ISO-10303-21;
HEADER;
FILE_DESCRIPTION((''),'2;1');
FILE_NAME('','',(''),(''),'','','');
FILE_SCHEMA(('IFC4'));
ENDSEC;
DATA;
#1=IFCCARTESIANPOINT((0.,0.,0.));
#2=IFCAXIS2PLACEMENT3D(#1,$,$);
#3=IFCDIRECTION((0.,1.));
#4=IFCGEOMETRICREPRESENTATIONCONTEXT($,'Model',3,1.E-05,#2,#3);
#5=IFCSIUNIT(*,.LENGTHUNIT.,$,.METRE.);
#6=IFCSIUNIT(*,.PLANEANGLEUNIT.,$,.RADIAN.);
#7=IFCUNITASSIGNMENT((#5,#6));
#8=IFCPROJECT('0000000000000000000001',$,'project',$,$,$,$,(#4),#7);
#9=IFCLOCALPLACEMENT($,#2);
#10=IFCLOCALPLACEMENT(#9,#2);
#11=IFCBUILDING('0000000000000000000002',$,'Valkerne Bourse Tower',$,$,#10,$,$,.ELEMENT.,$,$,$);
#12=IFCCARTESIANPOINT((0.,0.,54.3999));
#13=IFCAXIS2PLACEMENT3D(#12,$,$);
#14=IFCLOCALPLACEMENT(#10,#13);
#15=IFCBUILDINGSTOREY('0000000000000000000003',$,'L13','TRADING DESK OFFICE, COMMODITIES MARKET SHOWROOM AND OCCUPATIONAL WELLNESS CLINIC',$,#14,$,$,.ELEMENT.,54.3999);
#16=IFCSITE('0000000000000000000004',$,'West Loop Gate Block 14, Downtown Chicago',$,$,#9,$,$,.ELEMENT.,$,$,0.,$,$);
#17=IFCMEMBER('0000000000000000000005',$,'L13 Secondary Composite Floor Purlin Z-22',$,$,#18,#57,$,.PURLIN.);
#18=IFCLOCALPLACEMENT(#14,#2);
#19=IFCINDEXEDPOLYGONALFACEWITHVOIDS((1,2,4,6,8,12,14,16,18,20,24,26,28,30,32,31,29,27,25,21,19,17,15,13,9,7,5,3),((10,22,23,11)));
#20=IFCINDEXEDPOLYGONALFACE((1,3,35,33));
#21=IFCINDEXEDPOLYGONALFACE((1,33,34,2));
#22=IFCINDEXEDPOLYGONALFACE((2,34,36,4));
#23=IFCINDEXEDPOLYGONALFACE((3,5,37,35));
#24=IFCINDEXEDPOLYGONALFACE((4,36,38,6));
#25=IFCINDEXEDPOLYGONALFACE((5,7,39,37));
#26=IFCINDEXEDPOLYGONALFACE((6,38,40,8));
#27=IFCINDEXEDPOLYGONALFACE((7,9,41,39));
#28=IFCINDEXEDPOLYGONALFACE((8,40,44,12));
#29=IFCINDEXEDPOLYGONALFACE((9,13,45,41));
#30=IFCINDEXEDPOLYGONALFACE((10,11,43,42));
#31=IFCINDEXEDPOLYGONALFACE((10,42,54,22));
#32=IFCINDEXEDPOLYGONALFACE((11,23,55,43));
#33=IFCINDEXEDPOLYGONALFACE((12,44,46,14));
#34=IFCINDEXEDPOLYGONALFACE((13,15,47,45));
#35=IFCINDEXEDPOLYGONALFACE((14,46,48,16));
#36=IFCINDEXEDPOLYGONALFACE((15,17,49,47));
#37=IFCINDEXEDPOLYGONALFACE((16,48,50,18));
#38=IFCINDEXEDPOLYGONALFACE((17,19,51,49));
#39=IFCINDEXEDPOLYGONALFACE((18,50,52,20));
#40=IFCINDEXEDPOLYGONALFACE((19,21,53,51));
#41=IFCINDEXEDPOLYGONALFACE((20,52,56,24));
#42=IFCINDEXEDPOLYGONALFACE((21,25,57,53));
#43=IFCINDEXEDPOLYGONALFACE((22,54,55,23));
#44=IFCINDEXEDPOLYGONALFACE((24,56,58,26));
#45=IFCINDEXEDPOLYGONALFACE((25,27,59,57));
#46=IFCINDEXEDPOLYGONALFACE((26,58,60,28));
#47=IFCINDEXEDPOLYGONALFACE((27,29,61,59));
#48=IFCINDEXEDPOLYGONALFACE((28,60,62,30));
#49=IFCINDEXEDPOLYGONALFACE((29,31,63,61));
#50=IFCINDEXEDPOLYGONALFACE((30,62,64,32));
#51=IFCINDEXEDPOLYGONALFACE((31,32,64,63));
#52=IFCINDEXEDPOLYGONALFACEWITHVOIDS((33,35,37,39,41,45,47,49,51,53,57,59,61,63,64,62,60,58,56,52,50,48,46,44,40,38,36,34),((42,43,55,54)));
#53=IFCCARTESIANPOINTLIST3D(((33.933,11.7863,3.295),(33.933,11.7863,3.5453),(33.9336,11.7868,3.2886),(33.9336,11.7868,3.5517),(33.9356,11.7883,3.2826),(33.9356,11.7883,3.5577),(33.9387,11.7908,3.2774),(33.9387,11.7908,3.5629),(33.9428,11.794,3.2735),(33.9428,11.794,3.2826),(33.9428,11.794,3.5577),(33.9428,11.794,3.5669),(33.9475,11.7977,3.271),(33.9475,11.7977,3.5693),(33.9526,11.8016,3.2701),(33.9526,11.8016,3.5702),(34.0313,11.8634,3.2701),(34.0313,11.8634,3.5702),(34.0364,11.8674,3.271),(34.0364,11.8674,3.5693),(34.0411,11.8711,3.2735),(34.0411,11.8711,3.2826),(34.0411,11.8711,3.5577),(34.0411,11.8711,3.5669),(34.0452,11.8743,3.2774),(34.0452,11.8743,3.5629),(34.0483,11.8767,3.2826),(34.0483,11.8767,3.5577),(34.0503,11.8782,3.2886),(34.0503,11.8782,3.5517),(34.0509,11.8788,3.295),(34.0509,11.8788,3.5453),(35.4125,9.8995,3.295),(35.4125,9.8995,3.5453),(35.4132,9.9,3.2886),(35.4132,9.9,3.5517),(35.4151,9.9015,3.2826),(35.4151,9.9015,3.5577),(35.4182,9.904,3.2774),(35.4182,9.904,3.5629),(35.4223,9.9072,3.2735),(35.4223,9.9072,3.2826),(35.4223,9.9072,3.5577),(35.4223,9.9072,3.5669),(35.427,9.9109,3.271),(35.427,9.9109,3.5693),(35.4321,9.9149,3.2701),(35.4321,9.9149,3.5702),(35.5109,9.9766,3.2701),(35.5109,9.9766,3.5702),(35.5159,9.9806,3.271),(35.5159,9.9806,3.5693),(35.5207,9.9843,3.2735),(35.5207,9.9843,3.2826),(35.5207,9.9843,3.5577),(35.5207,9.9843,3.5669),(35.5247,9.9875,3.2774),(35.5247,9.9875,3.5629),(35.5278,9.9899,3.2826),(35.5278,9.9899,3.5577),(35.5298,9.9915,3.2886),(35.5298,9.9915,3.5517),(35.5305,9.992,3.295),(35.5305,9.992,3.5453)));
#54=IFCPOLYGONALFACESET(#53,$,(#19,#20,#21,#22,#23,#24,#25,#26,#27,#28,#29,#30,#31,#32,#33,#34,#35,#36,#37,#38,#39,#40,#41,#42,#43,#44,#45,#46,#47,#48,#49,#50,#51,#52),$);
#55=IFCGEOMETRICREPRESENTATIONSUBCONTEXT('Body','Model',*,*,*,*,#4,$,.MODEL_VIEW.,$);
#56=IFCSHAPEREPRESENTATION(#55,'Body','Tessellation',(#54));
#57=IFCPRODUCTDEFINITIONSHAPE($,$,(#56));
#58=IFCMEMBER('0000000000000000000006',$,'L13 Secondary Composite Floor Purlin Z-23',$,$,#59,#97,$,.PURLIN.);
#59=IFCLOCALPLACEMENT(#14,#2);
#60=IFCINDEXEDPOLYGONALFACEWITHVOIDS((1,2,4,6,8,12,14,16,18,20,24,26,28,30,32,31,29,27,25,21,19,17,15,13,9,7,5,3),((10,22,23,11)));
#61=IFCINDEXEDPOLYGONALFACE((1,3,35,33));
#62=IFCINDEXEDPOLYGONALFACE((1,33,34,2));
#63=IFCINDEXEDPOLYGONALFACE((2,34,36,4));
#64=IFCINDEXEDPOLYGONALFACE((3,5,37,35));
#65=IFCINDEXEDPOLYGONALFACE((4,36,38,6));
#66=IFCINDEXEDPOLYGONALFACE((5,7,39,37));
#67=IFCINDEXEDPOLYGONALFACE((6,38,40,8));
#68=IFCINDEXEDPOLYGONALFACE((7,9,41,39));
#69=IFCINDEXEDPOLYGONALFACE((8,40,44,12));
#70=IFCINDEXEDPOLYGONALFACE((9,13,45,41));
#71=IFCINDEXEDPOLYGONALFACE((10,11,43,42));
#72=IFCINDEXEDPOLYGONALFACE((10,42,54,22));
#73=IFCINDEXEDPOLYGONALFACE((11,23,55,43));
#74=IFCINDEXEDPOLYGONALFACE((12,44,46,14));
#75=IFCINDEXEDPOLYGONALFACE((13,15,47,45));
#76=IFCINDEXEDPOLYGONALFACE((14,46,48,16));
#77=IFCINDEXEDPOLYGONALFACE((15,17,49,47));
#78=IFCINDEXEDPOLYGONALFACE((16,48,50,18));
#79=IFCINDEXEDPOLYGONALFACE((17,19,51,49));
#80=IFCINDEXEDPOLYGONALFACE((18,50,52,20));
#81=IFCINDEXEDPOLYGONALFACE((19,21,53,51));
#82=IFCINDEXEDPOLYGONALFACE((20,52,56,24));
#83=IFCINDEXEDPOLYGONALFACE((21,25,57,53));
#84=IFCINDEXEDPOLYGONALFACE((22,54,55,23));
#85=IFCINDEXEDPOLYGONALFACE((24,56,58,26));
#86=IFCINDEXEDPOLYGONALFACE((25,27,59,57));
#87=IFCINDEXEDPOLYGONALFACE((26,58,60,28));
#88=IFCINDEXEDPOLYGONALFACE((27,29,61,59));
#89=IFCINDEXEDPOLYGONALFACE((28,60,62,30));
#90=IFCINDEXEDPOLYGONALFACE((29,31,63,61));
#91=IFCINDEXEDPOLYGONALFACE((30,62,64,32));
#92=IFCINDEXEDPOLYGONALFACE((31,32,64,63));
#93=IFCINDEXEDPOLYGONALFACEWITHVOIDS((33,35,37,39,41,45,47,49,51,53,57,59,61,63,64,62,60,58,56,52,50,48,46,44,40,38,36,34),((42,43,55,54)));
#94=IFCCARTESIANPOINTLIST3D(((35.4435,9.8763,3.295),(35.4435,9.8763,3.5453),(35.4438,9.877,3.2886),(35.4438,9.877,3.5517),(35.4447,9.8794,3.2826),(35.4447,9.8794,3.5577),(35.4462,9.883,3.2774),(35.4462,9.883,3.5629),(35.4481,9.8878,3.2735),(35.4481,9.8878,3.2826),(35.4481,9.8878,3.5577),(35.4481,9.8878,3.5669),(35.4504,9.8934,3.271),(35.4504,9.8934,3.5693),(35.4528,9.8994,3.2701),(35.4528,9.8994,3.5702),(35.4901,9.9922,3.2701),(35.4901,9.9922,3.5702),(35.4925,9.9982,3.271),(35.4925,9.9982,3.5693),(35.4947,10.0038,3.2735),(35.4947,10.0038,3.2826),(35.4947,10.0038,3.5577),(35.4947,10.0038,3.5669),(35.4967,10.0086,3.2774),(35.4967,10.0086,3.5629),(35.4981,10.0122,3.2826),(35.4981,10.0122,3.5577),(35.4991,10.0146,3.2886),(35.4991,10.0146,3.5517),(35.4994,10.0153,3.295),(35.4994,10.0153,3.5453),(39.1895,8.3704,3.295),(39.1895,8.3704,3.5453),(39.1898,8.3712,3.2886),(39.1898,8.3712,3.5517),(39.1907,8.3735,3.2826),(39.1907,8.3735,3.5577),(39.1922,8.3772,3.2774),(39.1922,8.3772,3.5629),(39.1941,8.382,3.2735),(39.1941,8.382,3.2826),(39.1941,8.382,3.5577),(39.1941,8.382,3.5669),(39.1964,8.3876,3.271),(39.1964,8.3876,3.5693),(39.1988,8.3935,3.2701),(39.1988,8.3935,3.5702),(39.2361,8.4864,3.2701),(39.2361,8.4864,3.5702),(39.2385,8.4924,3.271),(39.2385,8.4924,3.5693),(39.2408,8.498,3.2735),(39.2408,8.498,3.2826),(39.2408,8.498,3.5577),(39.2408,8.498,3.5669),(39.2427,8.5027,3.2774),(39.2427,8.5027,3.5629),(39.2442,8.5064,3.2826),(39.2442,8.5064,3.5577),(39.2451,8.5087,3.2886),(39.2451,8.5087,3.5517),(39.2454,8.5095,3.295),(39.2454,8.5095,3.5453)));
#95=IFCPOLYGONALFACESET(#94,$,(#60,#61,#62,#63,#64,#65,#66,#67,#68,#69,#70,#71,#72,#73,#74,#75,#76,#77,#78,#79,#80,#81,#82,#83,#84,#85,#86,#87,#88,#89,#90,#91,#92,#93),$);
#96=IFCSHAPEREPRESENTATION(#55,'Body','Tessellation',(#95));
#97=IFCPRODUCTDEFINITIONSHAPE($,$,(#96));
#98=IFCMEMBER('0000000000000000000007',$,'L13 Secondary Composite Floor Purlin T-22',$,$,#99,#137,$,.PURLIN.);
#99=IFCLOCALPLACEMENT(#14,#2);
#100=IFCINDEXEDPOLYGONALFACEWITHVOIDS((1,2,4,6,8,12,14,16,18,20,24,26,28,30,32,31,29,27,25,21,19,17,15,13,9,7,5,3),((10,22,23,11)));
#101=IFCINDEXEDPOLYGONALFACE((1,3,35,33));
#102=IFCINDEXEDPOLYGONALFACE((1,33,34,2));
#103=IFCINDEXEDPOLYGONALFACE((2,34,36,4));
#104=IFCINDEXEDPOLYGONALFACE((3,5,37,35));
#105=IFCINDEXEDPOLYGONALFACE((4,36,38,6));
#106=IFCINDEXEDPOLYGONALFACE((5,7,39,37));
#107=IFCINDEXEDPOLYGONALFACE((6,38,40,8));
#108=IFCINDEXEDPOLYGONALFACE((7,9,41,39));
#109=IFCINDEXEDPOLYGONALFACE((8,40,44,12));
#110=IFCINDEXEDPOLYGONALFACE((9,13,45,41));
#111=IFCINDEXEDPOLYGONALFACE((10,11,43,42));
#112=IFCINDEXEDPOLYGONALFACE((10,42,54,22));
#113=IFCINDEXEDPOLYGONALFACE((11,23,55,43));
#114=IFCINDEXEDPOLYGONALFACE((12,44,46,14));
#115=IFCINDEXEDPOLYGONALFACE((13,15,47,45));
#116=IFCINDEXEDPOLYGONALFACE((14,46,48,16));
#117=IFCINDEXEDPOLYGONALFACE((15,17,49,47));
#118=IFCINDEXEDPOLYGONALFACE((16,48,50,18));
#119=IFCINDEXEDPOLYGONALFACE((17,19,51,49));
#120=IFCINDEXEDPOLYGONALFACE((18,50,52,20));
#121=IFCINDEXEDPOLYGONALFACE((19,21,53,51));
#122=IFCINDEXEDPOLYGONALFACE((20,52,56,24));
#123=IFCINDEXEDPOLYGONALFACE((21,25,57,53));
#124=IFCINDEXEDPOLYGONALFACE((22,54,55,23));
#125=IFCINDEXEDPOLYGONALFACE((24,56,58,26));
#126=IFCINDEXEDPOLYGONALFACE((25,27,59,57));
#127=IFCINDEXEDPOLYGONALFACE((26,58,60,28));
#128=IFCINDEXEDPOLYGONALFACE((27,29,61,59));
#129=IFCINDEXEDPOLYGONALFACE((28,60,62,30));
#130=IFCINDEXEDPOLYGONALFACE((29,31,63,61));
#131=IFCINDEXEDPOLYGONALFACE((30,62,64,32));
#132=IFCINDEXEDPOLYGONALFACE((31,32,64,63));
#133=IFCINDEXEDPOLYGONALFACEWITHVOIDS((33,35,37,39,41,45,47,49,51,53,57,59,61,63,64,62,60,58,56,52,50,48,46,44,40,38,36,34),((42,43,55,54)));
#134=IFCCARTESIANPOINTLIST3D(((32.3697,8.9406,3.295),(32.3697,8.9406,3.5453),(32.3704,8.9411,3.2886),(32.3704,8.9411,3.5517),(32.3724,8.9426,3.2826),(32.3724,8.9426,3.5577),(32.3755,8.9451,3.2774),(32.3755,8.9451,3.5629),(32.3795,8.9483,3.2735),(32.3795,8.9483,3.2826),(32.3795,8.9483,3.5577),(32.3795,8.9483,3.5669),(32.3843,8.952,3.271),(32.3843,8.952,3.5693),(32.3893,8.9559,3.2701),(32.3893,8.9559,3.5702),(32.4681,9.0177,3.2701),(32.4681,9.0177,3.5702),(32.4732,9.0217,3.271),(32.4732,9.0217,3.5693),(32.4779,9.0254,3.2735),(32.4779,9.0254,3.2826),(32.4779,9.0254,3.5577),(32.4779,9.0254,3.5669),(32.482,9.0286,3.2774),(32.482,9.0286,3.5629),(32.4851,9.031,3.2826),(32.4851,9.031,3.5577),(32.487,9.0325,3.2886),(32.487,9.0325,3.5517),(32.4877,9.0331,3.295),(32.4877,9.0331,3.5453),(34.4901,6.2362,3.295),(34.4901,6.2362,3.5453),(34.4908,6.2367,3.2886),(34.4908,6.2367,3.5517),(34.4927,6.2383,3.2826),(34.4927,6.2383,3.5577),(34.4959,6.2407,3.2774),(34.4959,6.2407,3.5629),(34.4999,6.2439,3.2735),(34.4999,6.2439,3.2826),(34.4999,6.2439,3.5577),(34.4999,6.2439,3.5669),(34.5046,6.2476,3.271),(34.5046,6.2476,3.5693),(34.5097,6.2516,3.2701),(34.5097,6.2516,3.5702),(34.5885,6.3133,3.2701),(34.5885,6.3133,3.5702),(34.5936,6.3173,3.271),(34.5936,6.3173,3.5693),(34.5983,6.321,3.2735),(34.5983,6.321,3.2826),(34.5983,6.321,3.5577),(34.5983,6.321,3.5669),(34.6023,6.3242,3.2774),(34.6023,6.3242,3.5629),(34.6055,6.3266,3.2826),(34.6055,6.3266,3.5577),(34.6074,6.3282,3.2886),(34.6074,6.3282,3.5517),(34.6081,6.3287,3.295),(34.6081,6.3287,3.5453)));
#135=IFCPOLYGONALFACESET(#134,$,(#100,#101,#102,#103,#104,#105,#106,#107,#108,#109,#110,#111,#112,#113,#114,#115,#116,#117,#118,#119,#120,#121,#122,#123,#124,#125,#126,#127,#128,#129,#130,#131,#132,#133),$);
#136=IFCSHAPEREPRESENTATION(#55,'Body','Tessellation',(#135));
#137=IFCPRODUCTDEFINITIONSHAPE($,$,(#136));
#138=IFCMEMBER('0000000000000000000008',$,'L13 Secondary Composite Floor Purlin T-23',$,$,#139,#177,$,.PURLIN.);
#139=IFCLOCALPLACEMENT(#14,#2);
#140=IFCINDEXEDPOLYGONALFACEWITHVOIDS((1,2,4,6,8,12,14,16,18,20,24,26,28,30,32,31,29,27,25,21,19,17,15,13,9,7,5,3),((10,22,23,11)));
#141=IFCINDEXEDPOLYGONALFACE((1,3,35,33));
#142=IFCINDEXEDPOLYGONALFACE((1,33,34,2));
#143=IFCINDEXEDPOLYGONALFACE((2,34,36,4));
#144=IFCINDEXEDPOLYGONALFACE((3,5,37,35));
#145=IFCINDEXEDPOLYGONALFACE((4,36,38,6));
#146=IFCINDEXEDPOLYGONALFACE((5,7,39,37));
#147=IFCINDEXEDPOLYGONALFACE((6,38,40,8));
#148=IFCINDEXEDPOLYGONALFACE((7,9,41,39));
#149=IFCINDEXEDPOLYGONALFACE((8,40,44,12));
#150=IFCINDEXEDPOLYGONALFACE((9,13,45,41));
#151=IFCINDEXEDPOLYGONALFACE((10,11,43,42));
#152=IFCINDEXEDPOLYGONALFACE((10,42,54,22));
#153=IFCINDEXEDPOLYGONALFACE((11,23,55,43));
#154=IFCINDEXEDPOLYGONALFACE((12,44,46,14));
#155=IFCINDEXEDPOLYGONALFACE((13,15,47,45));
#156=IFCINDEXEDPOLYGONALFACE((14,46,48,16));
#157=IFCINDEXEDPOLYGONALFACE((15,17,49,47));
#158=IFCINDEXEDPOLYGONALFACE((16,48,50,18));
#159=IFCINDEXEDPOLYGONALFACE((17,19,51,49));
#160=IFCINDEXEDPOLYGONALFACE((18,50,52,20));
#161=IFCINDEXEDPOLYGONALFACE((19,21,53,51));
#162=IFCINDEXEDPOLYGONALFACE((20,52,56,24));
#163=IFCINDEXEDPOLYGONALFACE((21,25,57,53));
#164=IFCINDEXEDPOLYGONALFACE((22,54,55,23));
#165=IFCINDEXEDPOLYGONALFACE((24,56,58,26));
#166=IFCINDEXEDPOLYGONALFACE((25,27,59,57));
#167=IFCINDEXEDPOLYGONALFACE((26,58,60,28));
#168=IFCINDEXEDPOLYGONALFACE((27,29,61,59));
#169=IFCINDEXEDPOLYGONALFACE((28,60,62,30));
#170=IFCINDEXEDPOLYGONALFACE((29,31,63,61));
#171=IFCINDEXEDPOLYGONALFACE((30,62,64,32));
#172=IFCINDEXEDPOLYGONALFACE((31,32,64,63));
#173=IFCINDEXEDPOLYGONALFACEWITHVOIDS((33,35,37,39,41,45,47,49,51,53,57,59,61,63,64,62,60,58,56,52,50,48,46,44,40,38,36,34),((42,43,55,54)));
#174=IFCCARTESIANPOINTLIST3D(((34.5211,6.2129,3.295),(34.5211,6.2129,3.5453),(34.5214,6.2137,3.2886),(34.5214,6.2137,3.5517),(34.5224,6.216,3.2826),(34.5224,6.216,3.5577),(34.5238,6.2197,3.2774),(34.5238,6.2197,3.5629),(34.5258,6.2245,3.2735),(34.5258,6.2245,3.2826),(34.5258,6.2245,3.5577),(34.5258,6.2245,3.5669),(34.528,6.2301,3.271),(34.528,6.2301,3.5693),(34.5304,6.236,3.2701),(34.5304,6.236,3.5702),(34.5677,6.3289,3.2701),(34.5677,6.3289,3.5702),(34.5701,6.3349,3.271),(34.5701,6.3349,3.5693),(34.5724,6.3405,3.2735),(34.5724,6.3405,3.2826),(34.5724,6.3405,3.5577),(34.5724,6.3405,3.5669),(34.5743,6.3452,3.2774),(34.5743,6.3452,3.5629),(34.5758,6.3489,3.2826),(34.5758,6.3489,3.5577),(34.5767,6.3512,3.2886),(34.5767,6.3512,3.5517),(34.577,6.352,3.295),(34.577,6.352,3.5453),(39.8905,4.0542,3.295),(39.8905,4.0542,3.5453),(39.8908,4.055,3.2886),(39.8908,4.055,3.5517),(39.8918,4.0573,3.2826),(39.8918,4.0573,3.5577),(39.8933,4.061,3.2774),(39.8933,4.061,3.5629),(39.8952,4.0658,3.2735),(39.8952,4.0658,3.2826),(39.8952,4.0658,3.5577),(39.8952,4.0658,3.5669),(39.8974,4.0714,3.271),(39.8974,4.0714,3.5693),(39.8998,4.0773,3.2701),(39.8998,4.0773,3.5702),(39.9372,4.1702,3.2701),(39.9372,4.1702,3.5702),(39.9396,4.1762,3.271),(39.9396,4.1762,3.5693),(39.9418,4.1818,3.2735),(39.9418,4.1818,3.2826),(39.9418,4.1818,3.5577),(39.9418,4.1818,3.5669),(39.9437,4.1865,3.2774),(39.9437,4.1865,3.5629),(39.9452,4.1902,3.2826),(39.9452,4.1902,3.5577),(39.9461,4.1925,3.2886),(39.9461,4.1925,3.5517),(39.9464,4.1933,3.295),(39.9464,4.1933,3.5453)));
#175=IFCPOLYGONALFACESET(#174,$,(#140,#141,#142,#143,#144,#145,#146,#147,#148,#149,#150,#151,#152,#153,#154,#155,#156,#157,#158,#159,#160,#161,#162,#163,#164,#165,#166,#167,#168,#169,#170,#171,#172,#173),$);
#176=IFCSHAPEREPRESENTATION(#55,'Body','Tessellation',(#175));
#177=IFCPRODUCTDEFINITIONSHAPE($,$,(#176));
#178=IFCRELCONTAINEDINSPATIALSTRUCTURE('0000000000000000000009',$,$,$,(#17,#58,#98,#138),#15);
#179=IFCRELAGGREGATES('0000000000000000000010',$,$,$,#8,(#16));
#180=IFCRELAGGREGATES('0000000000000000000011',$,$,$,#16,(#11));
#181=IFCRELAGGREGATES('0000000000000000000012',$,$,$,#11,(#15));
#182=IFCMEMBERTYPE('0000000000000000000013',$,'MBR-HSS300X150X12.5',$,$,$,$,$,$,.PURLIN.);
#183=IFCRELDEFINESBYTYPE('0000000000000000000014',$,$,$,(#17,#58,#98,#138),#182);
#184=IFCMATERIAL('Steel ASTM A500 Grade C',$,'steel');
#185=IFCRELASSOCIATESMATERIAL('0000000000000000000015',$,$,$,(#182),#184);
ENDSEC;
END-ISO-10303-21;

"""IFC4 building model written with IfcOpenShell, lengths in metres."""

from ifc_helpers import new_model, si_unit, direction, frame, origin, origin_2d, place, context, subcontext, project, spatial, hollow_rectangle, extrude, material, material_profile, profile_set, type_object, element, save


model = new_model("IFC4")

# Units and contexts
model_context = context("Model", 3, precision=1e-05, world=origin(), true_north=direction((0.0, 1.0)))
body_context = subcontext(model_context, "Body", "Model", "MODEL_VIEW")
ifc_project = project(units=[si_unit("LENGTHUNIT", "METRE"), si_unit("PLANEANGLEUNIT", "RADIAN")], contexts=[model_context])

# Site, building, storey
site_placement = place(None, origin())
site = spatial("IfcSite", under=ifc_project, at=site_placement, Name="West Loop Gate Block 14, Downtown Chicago", CompositionType="ELEMENT", RefElevation=0.0)
building_placement = place(site_placement, origin())
building = spatial("IfcBuilding", under=site, at=building_placement, Name="Valkerne Bourse Tower", CompositionType="ELEMENT")
storey_placement = place(building_placement, frame((0.0, 0.0, 54.3999)))
storey = spatial("IfcBuildingStorey", under=building, at=storey_placement, Name="L13", Description="TRADING DESK OFFICE, COMMODITIES MARKET SHOWROOM AND OCCUPATIONAL WELLNESS CLINIC", CompositionType="ELEMENT", Elevation=54.3999)

# Members
ifc_material_1 = material(Name="Steel ASTM A500 Grade C", Category="steel")
ifc_material_profile_1 = material_profile(ifc_material_1, hollow_rectangle(XDim=0.1499, YDim=0.3, WallThickness=0.0125, OuterFilletRadius=0.0249, at=origin_2d()), Name="HSS300X150X12.5")
ifc_profile_set_1 = profile_set([ifc_material_profile_1], Name="Steel ASTM A500 Grade C")
member_type_1 = type_object("IfcMemberType", Name="MBR-HSS300X150X12.5", PredefinedType="PURLIN", material=ifc_profile_set_1)
for number, where, z_axis, x_axis, name in (
    (1, (33.9919, 11.8325, 3.4202), (0.617066, -0.786912, 0.0), (0.786912, 0.617066, 0.0), "L13 Secondary Composite Floor Purlin Z-22"),
):
    element("IfcMember", number, at=place(storey_placement, frame(where, z_axis=z_axis, x_axis=x_axis)), inside=storey, type_object=member_type_1, Name=name, PredefinedType="PURLIN", context=body_context, shape_type="SweptSolid", body=[
        extrude(hollow_rectangle(XDim=0.1499, YDim=0.3, WallThickness=0.0125, OuterFilletRadius=0.0249, at=origin_2d()), origin(), (0.0, 0.0, 1.0), 2.3977),
    ])
member_1_placement = place(storey_placement, frame((35.4714, 9.9458, 3.4202), z_axis=(0.927841, -0.372975, 0.0), x_axis=(0.372975, 0.927841, 0.0)))
element("IfcMember", 2, at=member_1_placement, inside=storey, type_object=member_type_1, Name="L13 Secondary Composite Floor Purlin Z-23", PredefinedType="PURLIN", context=body_context, shape_type="SweptSolid", body=[
    extrude(hollow_rectangle(XDim=0.1499, YDim=0.3, WallThickness=0.0125, OuterFilletRadius=0.0249, at=origin_2d()), origin(), (0.0, 0.0, 1.0), 4.0374),
])
member_2_placement = place(storey_placement, frame((32.4287, 8.9868, 3.4202), z_axis=(0.617015, -0.786951, 0.0), x_axis=(0.786951, 0.617015, 0.0)))
element("IfcMember", 3, at=member_2_placement, inside=storey, type_object=member_type_1, Name="L13 Secondary Composite Floor Purlin T-22", PredefinedType="PURLIN", context=body_context, shape_type="SweptSolid", body=[
    extrude(hollow_rectangle(XDim=0.1499, YDim=0.3, WallThickness=0.0125, OuterFilletRadius=0.0249, at=origin_2d()), origin(), (0.0, 0.0, 1.0), 3.4365),
])
member_3_placement = place(storey_placement, frame((34.5491, 6.2825, 3.4202), z_axis=(0.927824, -0.373019, 0.0), x_axis=(0.373019, 0.927824, 0.0)))
element("IfcMember", 4, at=member_3_placement, inside=storey, type_object=member_type_1, Name="L13 Secondary Composite Floor Purlin T-23", PredefinedType="PURLIN", context=body_context, shape_type="SweptSolid", body=[
    extrude(hollow_rectangle(XDim=0.1499, YDim=0.3, WallThickness=0.0125, OuterFilletRadius=0.0249, at=origin_2d()), origin(), (0.0, 0.0, 1.0), 5.7871),
])

save(model, "model.ifc")
